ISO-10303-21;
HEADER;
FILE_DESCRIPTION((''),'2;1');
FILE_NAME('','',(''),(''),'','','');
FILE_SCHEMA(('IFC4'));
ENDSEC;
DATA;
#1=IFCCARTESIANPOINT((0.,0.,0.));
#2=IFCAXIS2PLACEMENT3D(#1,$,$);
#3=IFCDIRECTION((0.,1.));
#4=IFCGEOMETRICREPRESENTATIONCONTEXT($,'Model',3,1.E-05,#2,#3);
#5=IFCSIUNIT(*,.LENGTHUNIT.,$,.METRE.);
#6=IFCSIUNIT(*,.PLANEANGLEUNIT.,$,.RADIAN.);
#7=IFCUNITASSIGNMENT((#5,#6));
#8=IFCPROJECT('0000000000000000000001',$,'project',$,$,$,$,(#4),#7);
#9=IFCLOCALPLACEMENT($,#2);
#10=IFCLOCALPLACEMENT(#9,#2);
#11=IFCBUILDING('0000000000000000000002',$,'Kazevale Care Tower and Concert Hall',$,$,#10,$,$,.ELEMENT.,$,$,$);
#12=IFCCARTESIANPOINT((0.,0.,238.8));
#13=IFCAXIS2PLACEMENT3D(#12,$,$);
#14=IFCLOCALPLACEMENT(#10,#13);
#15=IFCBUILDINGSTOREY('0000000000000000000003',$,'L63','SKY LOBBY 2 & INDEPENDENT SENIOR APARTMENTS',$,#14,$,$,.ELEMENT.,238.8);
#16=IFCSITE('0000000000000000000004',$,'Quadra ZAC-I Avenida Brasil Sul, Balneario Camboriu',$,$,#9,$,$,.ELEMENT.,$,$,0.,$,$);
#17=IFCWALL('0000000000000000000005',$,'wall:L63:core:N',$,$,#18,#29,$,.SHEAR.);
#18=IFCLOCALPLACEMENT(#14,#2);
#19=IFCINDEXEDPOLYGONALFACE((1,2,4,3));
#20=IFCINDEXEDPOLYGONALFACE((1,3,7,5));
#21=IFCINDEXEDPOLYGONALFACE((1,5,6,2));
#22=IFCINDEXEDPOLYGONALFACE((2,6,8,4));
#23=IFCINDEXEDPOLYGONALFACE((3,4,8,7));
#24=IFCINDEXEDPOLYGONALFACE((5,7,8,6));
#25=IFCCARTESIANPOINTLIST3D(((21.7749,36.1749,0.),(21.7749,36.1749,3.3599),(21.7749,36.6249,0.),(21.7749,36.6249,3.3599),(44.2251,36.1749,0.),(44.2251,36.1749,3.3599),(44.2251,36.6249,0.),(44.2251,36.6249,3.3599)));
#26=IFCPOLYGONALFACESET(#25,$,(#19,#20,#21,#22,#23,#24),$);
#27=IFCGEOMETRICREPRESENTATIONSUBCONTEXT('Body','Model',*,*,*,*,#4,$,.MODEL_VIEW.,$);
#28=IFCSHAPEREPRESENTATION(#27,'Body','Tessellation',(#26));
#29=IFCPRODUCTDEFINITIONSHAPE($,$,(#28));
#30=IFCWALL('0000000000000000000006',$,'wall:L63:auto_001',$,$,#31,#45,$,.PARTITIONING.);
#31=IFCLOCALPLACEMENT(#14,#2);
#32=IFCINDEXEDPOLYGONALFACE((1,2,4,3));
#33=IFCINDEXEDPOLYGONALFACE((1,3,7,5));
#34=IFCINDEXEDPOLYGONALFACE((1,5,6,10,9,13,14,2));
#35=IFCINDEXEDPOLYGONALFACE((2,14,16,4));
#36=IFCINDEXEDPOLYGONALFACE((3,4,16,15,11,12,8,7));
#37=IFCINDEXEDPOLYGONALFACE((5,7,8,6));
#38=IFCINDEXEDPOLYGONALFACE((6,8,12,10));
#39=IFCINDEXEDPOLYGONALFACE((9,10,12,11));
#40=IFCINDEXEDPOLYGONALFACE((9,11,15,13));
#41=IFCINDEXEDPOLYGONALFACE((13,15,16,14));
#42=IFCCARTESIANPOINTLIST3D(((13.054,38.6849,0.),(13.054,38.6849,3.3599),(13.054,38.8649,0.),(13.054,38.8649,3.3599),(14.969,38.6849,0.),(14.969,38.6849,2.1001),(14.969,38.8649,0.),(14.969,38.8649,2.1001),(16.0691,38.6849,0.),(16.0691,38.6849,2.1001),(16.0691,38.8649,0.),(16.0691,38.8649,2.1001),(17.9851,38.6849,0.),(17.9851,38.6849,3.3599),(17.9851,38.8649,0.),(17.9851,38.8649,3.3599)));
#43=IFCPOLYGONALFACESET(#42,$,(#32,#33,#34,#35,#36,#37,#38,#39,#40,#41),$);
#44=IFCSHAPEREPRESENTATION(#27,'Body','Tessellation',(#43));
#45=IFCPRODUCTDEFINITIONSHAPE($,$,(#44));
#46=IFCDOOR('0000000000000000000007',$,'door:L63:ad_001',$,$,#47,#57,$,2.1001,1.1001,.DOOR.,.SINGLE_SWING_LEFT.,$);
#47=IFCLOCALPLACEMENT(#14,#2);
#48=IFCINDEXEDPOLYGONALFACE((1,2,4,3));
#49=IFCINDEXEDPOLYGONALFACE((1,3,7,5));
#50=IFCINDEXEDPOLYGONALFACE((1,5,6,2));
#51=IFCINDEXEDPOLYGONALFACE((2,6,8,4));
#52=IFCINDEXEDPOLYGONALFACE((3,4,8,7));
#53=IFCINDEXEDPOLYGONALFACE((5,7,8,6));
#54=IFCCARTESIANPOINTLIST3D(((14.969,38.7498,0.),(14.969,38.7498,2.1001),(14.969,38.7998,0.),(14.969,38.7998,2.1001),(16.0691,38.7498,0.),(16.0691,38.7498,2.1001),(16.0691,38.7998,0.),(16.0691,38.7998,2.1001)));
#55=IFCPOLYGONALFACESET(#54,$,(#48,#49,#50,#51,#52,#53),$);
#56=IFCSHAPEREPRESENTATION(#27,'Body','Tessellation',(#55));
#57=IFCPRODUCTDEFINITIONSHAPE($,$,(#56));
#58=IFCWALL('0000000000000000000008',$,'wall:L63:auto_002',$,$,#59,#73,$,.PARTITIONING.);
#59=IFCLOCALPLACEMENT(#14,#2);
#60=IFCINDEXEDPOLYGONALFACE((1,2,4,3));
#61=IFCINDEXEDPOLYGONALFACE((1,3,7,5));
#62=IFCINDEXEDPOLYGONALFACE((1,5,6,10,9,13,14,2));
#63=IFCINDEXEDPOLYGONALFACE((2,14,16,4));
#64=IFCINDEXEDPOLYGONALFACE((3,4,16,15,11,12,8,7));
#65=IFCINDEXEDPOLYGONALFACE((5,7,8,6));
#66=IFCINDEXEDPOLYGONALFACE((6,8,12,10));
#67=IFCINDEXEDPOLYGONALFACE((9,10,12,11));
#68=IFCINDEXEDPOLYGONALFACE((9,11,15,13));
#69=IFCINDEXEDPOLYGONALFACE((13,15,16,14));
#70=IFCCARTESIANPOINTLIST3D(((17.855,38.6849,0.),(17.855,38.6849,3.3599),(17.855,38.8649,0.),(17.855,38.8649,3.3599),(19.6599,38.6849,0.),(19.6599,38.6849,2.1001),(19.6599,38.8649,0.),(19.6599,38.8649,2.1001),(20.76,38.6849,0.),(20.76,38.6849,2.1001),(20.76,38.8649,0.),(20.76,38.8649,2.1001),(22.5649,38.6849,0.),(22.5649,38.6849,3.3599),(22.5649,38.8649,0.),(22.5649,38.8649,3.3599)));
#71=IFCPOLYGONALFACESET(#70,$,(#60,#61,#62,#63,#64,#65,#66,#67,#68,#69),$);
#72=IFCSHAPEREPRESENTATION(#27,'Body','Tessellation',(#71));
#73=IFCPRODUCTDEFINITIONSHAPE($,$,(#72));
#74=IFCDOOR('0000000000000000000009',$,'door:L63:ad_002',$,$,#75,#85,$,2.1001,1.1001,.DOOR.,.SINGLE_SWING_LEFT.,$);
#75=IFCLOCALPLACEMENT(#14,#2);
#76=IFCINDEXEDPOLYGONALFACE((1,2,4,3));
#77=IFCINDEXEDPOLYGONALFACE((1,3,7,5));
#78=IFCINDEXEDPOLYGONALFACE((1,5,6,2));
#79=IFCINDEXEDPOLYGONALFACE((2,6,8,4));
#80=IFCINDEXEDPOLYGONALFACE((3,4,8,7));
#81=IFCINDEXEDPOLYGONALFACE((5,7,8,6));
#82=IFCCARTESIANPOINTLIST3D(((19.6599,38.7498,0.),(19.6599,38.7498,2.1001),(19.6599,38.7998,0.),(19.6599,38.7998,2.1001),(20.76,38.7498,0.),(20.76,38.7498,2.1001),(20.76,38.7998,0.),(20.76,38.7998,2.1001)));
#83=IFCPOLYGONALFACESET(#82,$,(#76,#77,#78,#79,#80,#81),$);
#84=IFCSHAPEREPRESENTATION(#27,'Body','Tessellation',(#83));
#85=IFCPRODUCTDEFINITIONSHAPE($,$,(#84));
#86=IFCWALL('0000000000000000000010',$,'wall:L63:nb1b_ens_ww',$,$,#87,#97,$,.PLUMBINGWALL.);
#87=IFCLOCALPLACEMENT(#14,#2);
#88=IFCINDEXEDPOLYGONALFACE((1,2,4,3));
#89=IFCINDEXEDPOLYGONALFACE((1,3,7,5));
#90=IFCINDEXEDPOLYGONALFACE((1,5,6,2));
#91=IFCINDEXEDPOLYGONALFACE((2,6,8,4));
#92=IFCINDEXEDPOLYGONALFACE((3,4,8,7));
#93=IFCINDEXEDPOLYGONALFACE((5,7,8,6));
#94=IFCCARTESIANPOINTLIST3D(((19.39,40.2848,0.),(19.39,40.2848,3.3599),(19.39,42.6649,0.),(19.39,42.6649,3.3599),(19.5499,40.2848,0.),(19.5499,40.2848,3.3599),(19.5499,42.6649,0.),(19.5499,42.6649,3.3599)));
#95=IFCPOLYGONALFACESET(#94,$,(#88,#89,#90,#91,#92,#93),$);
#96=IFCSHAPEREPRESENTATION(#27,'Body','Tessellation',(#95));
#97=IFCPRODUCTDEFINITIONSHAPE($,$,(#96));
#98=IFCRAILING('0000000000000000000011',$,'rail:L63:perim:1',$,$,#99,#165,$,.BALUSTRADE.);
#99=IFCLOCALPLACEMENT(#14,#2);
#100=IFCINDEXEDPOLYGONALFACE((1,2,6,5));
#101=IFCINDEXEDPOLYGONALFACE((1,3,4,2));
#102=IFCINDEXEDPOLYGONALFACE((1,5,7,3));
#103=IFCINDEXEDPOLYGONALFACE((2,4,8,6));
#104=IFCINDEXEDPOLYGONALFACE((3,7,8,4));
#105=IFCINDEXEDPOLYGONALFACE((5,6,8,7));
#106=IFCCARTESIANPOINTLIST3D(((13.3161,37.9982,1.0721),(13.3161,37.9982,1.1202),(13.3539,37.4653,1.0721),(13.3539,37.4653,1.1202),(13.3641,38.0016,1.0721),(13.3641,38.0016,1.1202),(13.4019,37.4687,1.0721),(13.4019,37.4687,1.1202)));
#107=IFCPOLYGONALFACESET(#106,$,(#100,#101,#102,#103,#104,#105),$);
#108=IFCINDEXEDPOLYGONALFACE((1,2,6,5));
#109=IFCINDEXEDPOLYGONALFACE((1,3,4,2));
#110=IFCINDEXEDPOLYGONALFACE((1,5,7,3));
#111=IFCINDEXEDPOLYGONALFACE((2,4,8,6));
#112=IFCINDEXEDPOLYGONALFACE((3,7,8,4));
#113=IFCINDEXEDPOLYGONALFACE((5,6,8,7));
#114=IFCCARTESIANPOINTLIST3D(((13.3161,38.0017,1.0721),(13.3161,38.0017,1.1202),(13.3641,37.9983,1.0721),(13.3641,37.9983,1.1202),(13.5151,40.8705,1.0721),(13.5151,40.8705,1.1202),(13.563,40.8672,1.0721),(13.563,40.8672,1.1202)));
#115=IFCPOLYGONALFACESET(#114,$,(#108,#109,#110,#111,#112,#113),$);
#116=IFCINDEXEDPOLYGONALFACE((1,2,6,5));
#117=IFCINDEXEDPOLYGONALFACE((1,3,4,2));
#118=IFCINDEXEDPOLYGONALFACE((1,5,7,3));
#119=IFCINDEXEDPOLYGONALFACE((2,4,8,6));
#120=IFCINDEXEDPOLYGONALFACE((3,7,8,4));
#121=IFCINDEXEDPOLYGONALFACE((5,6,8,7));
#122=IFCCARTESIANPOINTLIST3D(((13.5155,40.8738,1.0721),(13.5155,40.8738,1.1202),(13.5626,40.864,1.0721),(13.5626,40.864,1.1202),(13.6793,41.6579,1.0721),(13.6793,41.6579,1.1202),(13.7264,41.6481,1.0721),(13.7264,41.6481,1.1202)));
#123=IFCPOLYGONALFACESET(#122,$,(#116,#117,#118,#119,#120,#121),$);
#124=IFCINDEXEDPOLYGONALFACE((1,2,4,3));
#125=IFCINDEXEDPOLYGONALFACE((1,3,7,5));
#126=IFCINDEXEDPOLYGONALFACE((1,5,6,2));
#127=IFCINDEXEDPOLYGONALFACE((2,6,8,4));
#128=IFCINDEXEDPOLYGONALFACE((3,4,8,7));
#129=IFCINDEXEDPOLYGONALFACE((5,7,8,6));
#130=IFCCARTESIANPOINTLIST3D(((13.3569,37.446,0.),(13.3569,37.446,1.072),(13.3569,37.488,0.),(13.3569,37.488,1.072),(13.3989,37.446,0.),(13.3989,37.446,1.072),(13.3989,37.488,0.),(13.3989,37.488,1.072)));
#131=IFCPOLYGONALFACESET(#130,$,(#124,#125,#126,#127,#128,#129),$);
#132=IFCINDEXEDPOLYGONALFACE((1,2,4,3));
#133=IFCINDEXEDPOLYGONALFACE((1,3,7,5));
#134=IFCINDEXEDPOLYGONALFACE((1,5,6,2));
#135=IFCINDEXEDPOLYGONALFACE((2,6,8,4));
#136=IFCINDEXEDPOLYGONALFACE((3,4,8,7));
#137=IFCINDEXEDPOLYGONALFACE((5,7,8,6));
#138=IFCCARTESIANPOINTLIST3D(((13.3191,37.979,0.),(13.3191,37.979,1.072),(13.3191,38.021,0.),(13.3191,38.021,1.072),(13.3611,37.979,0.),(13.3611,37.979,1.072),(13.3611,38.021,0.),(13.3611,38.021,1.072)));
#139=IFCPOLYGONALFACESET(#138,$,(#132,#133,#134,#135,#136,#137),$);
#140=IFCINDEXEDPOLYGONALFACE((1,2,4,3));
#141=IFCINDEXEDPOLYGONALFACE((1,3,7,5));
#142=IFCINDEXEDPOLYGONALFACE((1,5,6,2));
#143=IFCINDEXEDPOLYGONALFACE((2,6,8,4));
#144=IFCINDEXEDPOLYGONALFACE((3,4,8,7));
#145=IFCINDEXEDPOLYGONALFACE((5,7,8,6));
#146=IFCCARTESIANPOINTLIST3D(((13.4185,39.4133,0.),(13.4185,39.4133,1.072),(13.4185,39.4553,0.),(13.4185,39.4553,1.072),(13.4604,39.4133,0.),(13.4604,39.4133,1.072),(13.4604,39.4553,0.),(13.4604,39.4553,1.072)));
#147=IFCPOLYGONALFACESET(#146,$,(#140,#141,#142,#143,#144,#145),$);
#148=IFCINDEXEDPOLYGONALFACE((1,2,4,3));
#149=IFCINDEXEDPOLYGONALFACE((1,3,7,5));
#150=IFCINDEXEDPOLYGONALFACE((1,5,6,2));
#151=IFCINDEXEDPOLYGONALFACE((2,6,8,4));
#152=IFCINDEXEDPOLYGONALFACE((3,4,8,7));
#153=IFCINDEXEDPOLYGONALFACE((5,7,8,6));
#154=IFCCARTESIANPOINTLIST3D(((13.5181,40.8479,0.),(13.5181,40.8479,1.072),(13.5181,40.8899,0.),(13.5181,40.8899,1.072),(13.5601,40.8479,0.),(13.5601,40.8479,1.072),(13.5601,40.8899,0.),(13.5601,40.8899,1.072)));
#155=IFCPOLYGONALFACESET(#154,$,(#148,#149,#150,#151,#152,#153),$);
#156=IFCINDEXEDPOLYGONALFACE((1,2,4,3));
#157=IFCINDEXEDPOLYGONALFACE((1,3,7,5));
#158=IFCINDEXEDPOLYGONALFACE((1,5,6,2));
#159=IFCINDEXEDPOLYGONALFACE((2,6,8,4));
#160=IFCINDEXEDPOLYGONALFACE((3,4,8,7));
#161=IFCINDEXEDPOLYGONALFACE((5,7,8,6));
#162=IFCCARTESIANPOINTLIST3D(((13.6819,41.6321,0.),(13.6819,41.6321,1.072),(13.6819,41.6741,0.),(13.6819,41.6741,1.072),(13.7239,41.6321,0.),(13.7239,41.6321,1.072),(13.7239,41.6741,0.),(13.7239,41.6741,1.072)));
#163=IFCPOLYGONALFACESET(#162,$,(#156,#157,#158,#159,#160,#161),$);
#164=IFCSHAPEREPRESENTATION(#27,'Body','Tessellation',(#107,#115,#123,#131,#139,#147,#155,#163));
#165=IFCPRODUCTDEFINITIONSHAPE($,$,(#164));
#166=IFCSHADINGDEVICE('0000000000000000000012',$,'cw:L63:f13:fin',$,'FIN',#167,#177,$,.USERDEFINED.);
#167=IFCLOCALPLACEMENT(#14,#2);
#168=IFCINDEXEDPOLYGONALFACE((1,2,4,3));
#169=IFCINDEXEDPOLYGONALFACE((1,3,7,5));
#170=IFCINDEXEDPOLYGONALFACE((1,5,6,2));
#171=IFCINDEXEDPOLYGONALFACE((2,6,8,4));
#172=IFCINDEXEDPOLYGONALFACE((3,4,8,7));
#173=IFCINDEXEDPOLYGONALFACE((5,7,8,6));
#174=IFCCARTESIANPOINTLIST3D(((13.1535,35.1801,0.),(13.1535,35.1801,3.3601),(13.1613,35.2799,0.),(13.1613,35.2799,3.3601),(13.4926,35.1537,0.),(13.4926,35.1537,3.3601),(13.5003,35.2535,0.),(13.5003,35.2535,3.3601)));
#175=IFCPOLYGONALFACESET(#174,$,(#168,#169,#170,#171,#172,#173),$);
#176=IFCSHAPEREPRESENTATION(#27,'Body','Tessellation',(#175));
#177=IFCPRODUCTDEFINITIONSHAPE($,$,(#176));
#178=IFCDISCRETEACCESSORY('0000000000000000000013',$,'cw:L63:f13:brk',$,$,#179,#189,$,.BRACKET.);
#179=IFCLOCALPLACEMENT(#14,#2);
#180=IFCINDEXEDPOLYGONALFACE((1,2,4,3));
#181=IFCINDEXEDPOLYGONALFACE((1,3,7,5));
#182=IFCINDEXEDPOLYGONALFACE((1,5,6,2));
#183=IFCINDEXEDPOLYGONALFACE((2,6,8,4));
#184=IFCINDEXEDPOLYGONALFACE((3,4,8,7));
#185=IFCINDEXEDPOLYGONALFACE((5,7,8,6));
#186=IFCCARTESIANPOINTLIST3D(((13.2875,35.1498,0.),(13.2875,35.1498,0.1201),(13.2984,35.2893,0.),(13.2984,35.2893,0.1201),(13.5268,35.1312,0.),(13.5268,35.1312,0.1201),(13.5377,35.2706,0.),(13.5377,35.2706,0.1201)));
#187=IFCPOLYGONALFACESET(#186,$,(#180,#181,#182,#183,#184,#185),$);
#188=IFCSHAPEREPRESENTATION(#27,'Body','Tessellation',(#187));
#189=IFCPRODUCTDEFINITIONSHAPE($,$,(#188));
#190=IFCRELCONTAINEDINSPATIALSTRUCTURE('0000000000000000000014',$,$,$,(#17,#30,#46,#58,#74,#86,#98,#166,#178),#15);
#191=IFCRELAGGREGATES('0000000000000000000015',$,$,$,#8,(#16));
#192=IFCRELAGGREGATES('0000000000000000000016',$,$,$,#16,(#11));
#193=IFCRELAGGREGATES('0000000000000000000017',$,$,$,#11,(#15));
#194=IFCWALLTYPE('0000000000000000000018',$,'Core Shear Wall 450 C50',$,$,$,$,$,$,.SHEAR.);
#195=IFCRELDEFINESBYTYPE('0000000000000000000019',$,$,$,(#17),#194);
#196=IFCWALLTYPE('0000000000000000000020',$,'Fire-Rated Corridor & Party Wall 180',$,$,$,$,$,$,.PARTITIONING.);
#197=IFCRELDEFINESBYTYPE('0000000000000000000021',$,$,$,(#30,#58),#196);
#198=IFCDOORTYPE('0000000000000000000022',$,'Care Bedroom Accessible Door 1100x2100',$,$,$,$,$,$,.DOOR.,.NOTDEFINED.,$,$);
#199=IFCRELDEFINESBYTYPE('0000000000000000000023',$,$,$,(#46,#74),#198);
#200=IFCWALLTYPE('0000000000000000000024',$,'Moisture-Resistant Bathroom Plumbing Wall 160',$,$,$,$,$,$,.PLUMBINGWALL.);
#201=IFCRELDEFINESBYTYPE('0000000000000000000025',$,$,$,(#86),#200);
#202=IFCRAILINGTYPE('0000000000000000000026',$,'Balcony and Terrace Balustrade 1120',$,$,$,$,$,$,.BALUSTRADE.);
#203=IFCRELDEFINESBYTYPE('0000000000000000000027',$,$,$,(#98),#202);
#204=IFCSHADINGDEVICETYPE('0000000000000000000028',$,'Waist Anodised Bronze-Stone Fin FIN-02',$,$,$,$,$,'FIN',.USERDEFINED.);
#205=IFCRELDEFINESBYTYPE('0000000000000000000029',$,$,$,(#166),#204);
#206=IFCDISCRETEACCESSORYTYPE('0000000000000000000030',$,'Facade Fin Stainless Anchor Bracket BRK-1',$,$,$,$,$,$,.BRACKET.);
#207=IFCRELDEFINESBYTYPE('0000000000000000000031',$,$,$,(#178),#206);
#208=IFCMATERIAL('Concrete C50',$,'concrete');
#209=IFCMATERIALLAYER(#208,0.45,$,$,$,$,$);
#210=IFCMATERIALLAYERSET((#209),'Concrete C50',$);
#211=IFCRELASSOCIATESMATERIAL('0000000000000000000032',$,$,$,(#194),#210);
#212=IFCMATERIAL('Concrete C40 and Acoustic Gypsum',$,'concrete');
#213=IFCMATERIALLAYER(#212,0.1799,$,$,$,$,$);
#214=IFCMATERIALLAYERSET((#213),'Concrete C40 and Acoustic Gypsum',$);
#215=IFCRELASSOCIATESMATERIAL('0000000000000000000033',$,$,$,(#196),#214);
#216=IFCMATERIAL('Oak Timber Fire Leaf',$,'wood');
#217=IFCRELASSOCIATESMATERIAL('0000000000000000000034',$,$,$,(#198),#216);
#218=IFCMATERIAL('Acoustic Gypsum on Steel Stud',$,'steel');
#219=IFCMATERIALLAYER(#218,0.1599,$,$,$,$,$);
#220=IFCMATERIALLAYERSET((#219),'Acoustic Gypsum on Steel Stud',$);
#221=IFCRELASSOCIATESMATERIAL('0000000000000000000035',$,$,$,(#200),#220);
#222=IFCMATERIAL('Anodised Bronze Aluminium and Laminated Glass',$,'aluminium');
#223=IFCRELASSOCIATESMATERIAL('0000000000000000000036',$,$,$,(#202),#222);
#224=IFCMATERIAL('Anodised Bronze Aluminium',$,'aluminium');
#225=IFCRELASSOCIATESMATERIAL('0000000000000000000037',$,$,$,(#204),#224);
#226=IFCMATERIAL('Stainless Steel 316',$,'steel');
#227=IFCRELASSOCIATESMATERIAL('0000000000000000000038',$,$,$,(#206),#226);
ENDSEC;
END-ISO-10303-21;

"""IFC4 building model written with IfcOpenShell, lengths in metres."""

from ifc_helpers import new_model, si_unit, direction, frame, frame_2d, origin, origin_2d, place, context, subcontext, project, spatial, rectangle, extrude, material, layer, layer_set, type_object, element, fill, save


model = new_model("IFC4")

# Units and contexts
model_context = context("Model", 3, precision=1e-05, world=origin(), true_north=direction((0.0, 1.0)))
body_context = subcontext(model_context, "Body", "Model", "MODEL_VIEW")
ifc_project = project(units=[si_unit("LENGTHUNIT", "METRE"), si_unit("PLANEANGLEUNIT", "RADIAN")], contexts=[model_context])

# Site, building, storey
site_placement = place(None, origin())
site = spatial("IfcSite", under=ifc_project, at=site_placement, Name="Quadra ZAC-I Avenida Brasil Sul, Balneario Camboriu", CompositionType="ELEMENT", RefElevation=0.0)
building_placement = place(site_placement, origin())
building = spatial("IfcBuilding", under=site, at=building_placement, Name="Kazevale Care Tower and Concert Hall", CompositionType="ELEMENT")
storey_placement = place(building_placement, frame((0.0, 0.0, 238.8)))
storey = spatial("IfcBuildingStorey", under=building, at=storey_placement, Name="L63", Description="SKY LOBBY 2 & INDEPENDENT SENIOR APARTMENTS", CompositionType="ELEMENT", Elevation=238.8)

# Shared definitions
ifc_material_1 = material(Name="Concrete C50", Category="concrete")

# Wall
ifc_layer_1 = layer(ifc_material_1, 0.45)
ifc_layer_set_1 = layer_set([ifc_layer_1], Name="Concrete C50")
wall_type_1 = type_object("IfcWallType", Name="Core Shear Wall 450 C50", PredefinedType="SHEAR", material=ifc_layer_set_1)
wall_1_placement = place(storey_placement, frame((21.7749, 36.3999, 0.0), z_axis=(0.0, 0.0, 1.0), x_axis=(1.0, 0.0, 0.0)))
element("IfcWall", 1, at=wall_1_placement, inside=storey, type_object=wall_type_1, Name="wall:L63:core:N", PredefinedType="SHEAR", context=body_context, shape_type="SweptSolid", body=[
    extrude(rectangle(XDim=22.4502, YDim=0.45, at=frame_2d((11.2251, 0.0))), origin(), (0.0, 0.0, 1.0), 3.3599),
])

# Walls, openings, doors
ifc_material_2 = material(Name="Concrete C40 and Acoustic Gypsum", Category="concrete")
ifc_layer_2 = layer(ifc_material_2, 0.1799)
ifc_layer_set_2 = layer_set([ifc_layer_2], Name="Concrete C40 and Acoustic Gypsum")
wall_type_2 = type_object("IfcWallType", Name="Fire-Rated Corridor & Party Wall 180", PredefinedType="PARTITIONING", material=ifc_layer_set_2)
wall_2_placement = place(storey_placement, frame((13.054, 38.7749, 0.0), z_axis=(0.0, 0.0, 1.0), x_axis=(1.0, 0.0, 0.0)))
wall_2 = element("IfcWall", 2, at=wall_2_placement, inside=storey, type_object=wall_type_2, Name="wall:L63:auto_001", PredefinedType="PARTITIONING", context=body_context, shape_type="SweptSolid", body=[
    extrude(rectangle(XDim=4.9312, YDim=0.1799, at=frame_2d((2.4656, 0.0))), origin(), (0.0, 0.0, 1.0), 3.3599),
])
opening_1_placement = place(wall_2_placement, frame((1.915, 0.0, 0.0)))
opening_1 = element("IfcOpeningElement", 3, at=opening_1_placement, cuts=wall_2, PredefinedType="OPENING", context=body_context, shape_type="SweptSolid", body=[
    extrude(rectangle(XDim=1.1001, YDim=2.1001, at=frame_2d((0.55, 1.05))), frame((0.0, 0.0999, 0.0), z_axis=(0.0, -1.0, 0.0), x_axis=(1.0, 0.0, 0.0)), (0.0, 0.0, 1.0), 0.2),
])
ifc_material_3 = material(Name="Oak Timber Fire Leaf", Category="wood")
door_type = type_object("IfcDoorType", Name="Care Bedroom Accessible Door 1100x2100", OperationType="NOTDEFINED", PredefinedType="DOOR", material=ifc_material_3)
door_1_placement = place(opening_1_placement, origin())
door_1 = element("IfcDoor", 4, at=door_1_placement, inside=storey, type_object=door_type, Name="door:L63:ad_001", OperationType="SINGLE_SWING_LEFT", OverallHeight=2.1001, OverallWidth=1.1001, PredefinedType="DOOR", context=body_context, shape_type="SweptSolid", body=[
    extrude(rectangle(XDim=1.1001, YDim=2.1001, at=frame_2d((0.55, 1.05))), frame((0.0, 0.0249, 0.0), z_axis=(0.0, -1.0, 0.0), x_axis=(1.0, 0.0, 0.0)), (0.0, 0.0, 1.0), 0.05),
])
fill(opening_1, door_1)
wall_3_placement = place(storey_placement, frame((17.855, 38.7749, 0.0), z_axis=(0.0, 0.0, 1.0), x_axis=(1.0, 0.0, 0.0)))
wall_3 = element("IfcWall", 5, at=wall_3_placement, inside=storey, type_object=wall_type_2, Name="wall:L63:auto_002", PredefinedType="PARTITIONING", context=body_context, shape_type="SweptSolid", body=[
    extrude(rectangle(XDim=4.71, YDim=0.1799, at=frame_2d((2.355, 0.0))), origin(), (0.0, 0.0, 1.0), 3.3599),
])
opening_2_placement = place(wall_3_placement, frame((1.8049, 0.0, 0.0)))
opening_2 = element("IfcOpeningElement", 6, at=opening_2_placement, cuts=wall_3, PredefinedType="OPENING", context=body_context, shape_type="SweptSolid", body=[
    extrude(rectangle(XDim=1.1001, YDim=2.1001, at=frame_2d((0.55, 1.05))), frame((0.0, 0.0999, 0.0), z_axis=(0.0, -1.0, 0.0), x_axis=(1.0, 0.0, 0.0)), (0.0, 0.0, 1.0), 0.2),
])
door_2_placement = place(opening_2_placement, origin())
door_2 = element("IfcDoor", 7, at=door_2_placement, inside=storey, type_object=door_type, Name="door:L63:ad_002", OperationType="SINGLE_SWING_LEFT", OverallHeight=2.1001, OverallWidth=1.1001, PredefinedType="DOOR", context=body_context, shape_type="SweptSolid", body=[
    extrude(rectangle(XDim=1.1001, YDim=2.1001, at=frame_2d((0.55, 1.05))), frame((0.0, 0.0249, 0.0), z_axis=(0.0, -1.0, 0.0), x_axis=(1.0, 0.0, 0.0)), (0.0, 0.0, 1.0), 0.05),
])
fill(opening_2, door_2)

# Wall
ifc_material_4 = material(Name="Acoustic Gypsum on Steel Stud", Category="steel")
ifc_layer_3 = layer(ifc_material_4, 0.1599)
ifc_layer_set_3 = layer_set([ifc_layer_3], Name="Acoustic Gypsum on Steel Stud")
wall_type_3 = type_object("IfcWallType", Name="Moisture-Resistant Bathroom Plumbing Wall 160", PredefinedType="PLUMBINGWALL", material=ifc_layer_set_3)
wall_4_placement = place(storey_placement, frame((19.47, 40.2849, 0.0), z_axis=(0.0, 0.0, 1.0), x_axis=(0.0, 1.0, 0.0)))
element("IfcWall", 8, at=wall_4_placement, inside=storey, type_object=wall_type_3, Name="wall:L63:nb1b_ens_ww", PredefinedType="PLUMBINGWALL", context=body_context, shape_type="SweptSolid", body=[
    extrude(rectangle(XDim=2.3801, YDim=0.1599, at=frame_2d((1.1899, 0.0))), origin(), (0.0, 0.0, 1.0), 3.3599),
])

# Railing
ifc_material_5 = material(Name="Anodised Bronze Aluminium and Laminated Glass", Category="aluminium")
railing_type = type_object("IfcRailingType", Name="Balcony and Terrace Balustrade 1120", PredefinedType="BALUSTRADE", material=ifc_material_5)
railing_placement = place(storey_placement, frame((13.3779, 37.467, 0.0)))
element("IfcRailing", 9, at=railing_placement, inside=storey, type_object=railing_type, Name="rail:L63:perim:1", PredefinedType="BALUSTRADE", context=body_context, shape_type="SweptSolid", body=[
    extrude(rectangle(XDim=0.0481, YDim=0.0481, at=origin_2d()), frame((0.0, 0.0, 1.0962), z_axis=(-0.070825, 0.997489, 0.0), x_axis=(-0.997489, -0.070825, 0.0)), (0.0, 0.0, 1.0), 0.5342),
    extrude(rectangle(XDim=0.0481, YDim=0.0481, at=origin_2d()), frame((-0.0378, 0.533, 1.0962), z_axis=(0.06919, 0.997604, 0.0), x_axis=(-0.997604, 0.06919, 0.0)), (0.0, 0.0, 1.0), 2.8757),
    extrude(rectangle(XDim=0.0481, YDim=0.0481, at=origin_2d()), frame((0.1611, 3.4019, 1.0962), z_axis=(0.20449, 0.978869, 0.0), x_axis=(-0.978869, 0.20449, 0.0)), (0.0, 0.0, 1.0), 0.801),
    extrude(rectangle(XDim=0.042, YDim=0.042, at=origin_2d()), origin(), (0.0, 0.0, 1.0), 1.072),
    extrude(rectangle(XDim=0.042, YDim=0.042, at=origin_2d()), frame((-0.0378, 0.533, 0.0)), (0.0, 0.0, 1.0), 1.072),
    extrude(rectangle(XDim=0.042, YDim=0.042, at=origin_2d()), frame((0.0615, 1.9673, 0.0)), (0.0, 0.0, 1.0), 1.072),
    extrude(rectangle(XDim=0.042, YDim=0.042, at=origin_2d()), frame((0.1611, 3.4019, 0.0)), (0.0, 0.0, 1.0), 1.072),
    extrude(rectangle(XDim=0.042, YDim=0.042, at=origin_2d()), frame((0.325, 4.186, 0.0)), (0.0, 0.0, 1.0), 1.072),
])

# Shading device
ifc_material_6 = material(Name="Anodised Bronze Aluminium", Category="aluminium")
shading_device_type = type_object("IfcShadingDeviceType", Name="Waist Anodised Bronze-Stone Fin FIN-02", ElementType="FIN", PredefinedType="USERDEFINED", material=ifc_material_6)
shading_device_placement = place(storey_placement, frame((13.3269, 35.2168, 0.0), z_axis=(0.0, 0.0, 1.0), x_axis=(-0.996985, 0.077589, 0.0)))
element("IfcShadingDevice", 10, at=shading_device_placement, inside=storey, type_object=shading_device_type, Name="cw:L63:f13:fin", ObjectType="FIN", PredefinedType="USERDEFINED", context=body_context, shape_type="SweptSolid", body=[
    extrude(rectangle(XDim=0.3401, YDim=0.1001, at=origin_2d()), origin(), (0.0, 0.0, 1.0), 3.3601),
])

# Discrete accessory
ifc_material_7 = material(Name="Stainless Steel 316", Category="steel")
discrete_accessory_type = type_object("IfcDiscreteAccessoryType", Name="Facade Fin Stainless Anchor Bracket BRK-1", PredefinedType="BRACKET", material=ifc_material_7)
discrete_accessory_placement = place(storey_placement, frame((13.4126, 35.2102, 0.0), z_axis=(0.0, 0.0, 1.0), x_axis=(-0.996985, 0.077589, 0.0)))
element("IfcDiscreteAccessory", 11, at=discrete_accessory_placement, inside=storey, type_object=discrete_accessory_type, Name="cw:L63:f13:brk", PredefinedType="BRACKET", context=body_context, shape_type="SweptSolid", body=[
    extrude(rectangle(XDim=0.24, YDim=0.1399, at=origin_2d()), origin(), (0.0, 0.0, 1.0), 0.1201),
])

save(model, "model.ifc")
